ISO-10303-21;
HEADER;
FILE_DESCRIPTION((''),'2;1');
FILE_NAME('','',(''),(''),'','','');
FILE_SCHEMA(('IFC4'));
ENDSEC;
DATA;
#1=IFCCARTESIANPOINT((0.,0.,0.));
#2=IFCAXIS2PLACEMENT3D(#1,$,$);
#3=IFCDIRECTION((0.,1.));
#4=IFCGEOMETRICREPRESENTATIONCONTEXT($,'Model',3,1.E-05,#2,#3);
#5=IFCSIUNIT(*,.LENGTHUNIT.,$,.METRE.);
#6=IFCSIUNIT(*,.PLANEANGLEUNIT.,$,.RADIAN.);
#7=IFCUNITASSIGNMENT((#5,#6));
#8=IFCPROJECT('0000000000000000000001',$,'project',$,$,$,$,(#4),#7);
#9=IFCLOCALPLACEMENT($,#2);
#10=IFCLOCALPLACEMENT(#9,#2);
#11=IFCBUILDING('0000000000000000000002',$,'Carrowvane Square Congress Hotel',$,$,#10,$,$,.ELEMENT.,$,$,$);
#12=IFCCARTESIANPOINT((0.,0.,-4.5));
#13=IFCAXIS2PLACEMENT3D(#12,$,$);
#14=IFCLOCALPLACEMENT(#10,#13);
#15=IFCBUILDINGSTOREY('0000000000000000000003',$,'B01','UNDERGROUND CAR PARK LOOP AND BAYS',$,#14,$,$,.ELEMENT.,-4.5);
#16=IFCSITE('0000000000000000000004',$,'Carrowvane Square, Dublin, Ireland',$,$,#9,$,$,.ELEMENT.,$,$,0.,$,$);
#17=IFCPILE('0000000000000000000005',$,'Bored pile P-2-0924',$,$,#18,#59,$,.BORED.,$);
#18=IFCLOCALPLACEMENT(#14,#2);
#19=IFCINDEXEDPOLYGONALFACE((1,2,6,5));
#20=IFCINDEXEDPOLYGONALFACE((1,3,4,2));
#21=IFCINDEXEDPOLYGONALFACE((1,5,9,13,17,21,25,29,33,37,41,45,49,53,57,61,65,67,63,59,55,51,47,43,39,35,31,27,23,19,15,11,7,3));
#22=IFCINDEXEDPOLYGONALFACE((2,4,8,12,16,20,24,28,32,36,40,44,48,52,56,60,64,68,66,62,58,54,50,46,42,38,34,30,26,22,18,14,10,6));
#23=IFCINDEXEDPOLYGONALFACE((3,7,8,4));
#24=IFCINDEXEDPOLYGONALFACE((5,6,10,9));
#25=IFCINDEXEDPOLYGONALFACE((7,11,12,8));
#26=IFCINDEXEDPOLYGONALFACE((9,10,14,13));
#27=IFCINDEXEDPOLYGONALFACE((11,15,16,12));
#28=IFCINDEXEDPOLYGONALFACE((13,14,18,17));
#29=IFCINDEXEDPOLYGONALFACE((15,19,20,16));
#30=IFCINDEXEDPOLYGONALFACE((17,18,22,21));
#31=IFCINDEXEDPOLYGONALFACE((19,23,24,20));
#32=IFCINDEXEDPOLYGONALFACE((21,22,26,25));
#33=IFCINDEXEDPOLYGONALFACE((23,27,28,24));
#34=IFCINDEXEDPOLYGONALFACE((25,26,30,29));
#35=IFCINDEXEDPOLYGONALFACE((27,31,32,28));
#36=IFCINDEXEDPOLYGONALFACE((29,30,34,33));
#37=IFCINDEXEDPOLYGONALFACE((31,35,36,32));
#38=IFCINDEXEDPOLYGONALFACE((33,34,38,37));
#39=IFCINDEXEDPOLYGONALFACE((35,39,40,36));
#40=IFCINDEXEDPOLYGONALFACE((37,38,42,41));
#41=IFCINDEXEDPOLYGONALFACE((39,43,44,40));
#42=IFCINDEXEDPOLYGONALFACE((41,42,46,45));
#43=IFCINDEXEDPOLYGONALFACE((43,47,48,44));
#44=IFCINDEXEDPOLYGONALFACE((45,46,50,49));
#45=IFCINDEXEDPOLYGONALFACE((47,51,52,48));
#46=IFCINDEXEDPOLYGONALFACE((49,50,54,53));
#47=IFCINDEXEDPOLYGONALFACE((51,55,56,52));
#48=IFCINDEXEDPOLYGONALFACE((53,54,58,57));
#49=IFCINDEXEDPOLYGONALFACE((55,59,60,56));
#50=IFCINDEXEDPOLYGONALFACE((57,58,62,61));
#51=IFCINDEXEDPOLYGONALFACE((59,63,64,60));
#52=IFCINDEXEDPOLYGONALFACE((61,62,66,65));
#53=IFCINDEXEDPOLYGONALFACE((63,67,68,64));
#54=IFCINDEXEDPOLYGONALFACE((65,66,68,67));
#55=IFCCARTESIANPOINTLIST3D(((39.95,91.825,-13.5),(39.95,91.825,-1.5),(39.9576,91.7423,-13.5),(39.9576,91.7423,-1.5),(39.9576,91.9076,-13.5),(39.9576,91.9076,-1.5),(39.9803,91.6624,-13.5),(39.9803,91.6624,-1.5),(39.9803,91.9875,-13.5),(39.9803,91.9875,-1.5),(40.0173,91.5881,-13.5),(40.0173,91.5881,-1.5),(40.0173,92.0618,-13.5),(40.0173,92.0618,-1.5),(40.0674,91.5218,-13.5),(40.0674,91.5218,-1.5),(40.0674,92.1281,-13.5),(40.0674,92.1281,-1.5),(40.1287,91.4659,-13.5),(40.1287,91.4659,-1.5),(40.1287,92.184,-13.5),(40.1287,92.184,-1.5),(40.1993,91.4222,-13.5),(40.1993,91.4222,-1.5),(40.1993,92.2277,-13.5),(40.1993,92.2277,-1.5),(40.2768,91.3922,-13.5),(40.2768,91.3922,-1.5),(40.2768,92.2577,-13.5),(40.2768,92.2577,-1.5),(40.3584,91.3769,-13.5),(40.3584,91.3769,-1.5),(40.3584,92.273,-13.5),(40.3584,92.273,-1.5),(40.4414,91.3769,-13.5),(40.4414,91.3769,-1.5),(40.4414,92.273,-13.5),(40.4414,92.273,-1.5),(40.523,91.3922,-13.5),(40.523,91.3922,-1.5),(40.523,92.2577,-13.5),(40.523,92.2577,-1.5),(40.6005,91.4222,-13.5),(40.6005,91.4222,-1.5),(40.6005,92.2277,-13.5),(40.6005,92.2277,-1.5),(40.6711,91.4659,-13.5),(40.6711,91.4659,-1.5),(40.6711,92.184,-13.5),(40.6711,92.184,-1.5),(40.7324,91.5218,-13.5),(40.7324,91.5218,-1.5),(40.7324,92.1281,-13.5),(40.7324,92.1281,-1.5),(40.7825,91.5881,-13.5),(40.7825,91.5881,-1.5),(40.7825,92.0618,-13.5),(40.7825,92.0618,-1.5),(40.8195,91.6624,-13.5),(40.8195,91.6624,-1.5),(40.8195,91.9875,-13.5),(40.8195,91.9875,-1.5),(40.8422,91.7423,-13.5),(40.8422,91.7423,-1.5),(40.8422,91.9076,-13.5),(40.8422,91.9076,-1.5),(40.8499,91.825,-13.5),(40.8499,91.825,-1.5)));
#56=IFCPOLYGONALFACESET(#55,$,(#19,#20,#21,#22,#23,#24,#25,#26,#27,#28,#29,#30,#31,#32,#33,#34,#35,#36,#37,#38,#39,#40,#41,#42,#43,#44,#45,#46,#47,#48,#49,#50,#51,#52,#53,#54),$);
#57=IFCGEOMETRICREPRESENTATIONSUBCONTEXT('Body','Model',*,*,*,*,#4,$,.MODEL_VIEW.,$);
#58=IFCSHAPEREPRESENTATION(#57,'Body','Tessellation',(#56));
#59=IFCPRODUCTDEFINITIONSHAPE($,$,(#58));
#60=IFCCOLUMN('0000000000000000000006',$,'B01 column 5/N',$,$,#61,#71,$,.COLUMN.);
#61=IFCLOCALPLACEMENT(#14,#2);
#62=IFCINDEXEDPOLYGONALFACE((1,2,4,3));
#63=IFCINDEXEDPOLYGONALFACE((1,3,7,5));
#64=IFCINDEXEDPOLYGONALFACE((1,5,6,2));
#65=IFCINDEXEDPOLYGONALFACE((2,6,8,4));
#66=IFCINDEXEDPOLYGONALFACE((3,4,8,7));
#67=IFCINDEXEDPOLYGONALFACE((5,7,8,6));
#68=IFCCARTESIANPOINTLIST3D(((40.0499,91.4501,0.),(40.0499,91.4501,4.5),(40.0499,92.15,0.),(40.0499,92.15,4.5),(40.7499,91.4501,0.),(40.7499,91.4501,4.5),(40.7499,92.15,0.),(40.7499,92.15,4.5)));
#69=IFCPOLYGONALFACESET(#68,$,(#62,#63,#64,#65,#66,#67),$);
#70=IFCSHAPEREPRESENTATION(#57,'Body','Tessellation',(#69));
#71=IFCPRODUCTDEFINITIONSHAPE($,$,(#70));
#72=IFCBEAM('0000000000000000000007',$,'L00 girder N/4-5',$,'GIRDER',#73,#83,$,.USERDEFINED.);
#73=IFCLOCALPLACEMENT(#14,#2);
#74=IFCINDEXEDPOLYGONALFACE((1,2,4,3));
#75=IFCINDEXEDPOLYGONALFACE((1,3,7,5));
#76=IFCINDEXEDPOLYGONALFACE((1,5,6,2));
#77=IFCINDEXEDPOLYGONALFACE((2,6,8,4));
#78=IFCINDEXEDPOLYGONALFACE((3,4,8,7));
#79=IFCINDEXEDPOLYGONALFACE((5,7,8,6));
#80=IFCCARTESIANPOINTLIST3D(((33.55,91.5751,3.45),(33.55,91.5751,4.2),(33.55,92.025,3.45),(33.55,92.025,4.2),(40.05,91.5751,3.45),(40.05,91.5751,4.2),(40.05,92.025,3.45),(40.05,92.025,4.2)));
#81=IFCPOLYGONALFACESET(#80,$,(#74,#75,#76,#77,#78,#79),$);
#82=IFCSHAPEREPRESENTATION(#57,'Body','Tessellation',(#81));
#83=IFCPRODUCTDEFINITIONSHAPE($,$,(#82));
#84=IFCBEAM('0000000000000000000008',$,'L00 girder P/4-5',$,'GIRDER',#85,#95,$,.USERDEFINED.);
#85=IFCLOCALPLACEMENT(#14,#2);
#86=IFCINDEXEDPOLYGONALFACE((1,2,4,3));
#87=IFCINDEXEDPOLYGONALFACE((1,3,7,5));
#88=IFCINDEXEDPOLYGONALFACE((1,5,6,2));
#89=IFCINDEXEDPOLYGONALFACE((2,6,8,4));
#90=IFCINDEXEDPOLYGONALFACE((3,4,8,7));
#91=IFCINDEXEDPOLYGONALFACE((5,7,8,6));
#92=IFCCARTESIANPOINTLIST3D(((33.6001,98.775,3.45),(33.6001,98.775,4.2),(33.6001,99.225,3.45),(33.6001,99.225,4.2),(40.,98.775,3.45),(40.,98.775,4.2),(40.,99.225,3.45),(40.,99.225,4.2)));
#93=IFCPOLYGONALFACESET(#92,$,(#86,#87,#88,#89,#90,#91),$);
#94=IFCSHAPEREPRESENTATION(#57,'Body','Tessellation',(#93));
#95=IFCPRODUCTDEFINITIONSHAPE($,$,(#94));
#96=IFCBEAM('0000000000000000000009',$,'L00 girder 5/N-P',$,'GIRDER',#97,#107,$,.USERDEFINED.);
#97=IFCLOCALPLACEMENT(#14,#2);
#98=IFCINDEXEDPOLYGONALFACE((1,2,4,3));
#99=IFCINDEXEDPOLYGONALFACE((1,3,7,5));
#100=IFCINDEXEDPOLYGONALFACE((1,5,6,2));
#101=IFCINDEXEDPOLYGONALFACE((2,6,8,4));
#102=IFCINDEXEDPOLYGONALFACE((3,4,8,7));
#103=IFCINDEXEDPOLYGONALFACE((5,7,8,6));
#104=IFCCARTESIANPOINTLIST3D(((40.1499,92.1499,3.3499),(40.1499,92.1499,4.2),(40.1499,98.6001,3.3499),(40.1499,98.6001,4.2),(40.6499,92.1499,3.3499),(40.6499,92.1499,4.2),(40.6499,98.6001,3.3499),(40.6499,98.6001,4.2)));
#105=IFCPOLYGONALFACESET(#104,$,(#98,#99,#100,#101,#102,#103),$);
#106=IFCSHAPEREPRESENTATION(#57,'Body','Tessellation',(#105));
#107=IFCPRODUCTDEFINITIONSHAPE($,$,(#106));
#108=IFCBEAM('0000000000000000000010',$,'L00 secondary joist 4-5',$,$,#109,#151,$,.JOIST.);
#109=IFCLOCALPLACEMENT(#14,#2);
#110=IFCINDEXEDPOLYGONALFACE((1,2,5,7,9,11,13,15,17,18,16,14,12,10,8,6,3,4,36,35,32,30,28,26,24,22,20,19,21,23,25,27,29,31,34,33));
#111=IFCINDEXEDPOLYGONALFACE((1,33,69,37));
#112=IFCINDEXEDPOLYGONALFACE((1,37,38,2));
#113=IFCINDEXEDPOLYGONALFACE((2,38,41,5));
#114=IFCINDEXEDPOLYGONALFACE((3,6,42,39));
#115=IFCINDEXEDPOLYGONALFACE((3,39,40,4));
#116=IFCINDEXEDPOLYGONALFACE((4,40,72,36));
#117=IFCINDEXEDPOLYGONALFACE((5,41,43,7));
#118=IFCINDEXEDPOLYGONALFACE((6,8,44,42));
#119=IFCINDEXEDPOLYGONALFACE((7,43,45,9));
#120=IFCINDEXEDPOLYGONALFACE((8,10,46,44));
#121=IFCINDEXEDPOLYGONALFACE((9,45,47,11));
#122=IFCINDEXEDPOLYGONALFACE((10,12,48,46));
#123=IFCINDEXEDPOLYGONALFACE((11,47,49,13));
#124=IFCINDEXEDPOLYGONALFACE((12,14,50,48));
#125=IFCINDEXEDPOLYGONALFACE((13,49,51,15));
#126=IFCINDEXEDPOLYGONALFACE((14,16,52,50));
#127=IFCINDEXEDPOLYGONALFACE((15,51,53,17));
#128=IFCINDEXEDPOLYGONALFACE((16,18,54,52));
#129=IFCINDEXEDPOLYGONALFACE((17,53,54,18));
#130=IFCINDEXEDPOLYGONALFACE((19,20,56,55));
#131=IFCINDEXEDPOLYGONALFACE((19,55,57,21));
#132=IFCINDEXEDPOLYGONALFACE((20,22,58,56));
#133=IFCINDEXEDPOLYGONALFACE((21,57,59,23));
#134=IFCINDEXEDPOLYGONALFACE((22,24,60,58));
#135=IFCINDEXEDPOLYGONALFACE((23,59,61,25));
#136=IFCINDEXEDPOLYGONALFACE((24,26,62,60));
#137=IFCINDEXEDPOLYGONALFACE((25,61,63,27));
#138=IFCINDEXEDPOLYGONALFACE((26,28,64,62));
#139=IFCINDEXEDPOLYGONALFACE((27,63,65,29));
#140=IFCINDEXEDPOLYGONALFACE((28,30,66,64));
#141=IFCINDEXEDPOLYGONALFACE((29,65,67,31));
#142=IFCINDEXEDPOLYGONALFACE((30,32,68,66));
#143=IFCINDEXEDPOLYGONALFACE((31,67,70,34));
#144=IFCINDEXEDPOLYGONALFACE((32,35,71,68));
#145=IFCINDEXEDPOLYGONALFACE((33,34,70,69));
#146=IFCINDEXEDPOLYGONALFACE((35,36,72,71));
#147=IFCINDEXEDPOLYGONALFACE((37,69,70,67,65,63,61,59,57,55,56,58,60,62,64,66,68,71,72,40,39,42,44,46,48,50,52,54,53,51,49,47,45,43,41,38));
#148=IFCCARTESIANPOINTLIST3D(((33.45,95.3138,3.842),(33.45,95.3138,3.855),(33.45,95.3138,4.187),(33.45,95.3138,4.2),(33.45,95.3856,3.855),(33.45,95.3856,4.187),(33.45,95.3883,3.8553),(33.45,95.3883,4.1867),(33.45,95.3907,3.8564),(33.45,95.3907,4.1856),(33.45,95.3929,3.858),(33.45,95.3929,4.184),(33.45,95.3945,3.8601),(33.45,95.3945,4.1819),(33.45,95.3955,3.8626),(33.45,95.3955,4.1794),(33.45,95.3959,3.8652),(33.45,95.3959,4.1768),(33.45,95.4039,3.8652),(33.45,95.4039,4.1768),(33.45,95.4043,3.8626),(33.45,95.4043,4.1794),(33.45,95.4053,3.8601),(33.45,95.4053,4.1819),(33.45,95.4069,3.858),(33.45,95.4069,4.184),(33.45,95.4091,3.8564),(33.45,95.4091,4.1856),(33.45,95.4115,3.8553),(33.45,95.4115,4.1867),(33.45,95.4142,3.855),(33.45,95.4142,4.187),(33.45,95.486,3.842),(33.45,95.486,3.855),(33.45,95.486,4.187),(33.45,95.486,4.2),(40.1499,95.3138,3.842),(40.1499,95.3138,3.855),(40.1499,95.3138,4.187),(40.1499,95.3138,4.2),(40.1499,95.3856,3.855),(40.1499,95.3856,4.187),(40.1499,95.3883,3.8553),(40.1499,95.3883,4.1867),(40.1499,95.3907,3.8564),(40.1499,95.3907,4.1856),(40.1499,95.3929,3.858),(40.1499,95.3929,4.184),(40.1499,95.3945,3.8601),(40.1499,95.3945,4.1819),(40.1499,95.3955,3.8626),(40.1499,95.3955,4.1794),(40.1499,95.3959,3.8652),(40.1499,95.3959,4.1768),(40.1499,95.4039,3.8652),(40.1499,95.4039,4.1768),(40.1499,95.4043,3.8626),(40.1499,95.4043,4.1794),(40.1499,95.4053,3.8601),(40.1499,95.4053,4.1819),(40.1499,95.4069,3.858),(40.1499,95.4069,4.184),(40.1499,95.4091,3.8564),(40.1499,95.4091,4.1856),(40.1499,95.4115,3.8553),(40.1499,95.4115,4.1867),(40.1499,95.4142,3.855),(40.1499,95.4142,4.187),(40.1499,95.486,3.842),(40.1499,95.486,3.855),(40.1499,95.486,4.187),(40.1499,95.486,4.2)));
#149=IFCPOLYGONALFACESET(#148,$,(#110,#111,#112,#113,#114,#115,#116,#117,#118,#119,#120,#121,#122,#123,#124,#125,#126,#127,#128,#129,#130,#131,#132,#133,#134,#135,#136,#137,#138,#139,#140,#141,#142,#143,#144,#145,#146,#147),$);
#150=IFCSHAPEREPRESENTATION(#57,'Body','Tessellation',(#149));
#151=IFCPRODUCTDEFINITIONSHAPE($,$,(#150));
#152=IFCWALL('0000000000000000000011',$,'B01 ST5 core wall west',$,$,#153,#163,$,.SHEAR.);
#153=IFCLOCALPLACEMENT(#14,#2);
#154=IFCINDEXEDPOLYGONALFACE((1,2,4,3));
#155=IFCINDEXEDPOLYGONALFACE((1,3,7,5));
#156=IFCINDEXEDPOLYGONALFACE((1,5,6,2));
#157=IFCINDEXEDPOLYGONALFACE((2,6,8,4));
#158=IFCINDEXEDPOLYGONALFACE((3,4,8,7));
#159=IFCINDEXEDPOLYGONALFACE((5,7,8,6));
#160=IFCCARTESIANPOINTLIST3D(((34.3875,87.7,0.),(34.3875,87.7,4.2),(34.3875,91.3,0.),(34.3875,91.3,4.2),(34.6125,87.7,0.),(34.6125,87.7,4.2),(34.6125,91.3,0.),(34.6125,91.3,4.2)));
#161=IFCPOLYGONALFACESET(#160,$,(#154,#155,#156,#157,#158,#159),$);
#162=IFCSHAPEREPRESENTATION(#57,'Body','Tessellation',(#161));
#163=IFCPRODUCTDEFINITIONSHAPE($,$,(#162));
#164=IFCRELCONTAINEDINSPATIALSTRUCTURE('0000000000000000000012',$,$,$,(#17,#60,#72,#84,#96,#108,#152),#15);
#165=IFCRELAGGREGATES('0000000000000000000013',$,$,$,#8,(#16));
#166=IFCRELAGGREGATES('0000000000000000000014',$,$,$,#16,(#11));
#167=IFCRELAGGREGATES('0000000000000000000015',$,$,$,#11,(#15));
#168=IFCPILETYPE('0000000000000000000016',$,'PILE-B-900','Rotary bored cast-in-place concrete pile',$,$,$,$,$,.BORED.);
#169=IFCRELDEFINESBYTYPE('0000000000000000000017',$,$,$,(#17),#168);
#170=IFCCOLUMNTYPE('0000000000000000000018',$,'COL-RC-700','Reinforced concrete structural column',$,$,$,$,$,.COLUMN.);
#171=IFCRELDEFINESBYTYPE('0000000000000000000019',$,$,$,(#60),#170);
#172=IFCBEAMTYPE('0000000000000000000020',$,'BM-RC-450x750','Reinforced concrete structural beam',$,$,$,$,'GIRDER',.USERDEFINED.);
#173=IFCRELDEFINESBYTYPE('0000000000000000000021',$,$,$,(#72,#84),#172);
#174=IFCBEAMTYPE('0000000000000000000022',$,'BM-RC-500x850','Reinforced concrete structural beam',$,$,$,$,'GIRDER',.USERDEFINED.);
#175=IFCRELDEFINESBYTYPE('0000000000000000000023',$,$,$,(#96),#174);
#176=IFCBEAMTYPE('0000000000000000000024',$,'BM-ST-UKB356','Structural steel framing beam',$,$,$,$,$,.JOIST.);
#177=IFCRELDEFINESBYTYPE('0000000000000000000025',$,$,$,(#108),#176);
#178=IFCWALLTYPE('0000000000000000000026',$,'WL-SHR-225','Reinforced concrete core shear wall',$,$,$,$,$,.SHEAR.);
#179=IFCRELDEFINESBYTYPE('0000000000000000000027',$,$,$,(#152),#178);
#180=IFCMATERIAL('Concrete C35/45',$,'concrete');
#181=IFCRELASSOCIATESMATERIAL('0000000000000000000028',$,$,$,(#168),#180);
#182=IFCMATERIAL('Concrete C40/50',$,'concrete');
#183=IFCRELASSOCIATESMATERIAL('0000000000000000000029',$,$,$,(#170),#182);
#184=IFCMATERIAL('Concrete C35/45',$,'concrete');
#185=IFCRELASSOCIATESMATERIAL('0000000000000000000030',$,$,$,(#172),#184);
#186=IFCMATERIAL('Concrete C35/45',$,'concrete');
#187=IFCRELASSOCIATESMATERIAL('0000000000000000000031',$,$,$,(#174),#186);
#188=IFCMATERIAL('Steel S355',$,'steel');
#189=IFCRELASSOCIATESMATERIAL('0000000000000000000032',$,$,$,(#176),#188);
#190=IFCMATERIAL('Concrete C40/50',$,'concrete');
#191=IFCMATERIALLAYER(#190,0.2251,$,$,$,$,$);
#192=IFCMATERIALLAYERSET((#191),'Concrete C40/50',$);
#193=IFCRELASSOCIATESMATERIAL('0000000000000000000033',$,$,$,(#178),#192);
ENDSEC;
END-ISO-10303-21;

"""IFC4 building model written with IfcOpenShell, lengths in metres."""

from ifc_helpers import new_model, si_unit, direction, frame, frame_2d, origin, origin_2d, place, context, subcontext, project, spatial, rectangle, circle, i_section, extrude, material, layer, layer_set, material_profile, profile_set, type_object, element, save


model = new_model("IFC4")

# Units and contexts
model_context = context("Model", 3, precision=1e-05, world=origin(), true_north=direction((0.0, 1.0)))
body_context = subcontext(model_context, "Body", "Model", "MODEL_VIEW")
ifc_project = project(units=[si_unit("LENGTHUNIT", "METRE"), si_unit("PLANEANGLEUNIT", "RADIAN")], contexts=[model_context])

# Site, building, storey
site_placement = place(None, origin())
site = spatial("IfcSite", under=ifc_project, at=site_placement, Name="Carrowvane Square, Dublin, Ireland", CompositionType="ELEMENT", RefElevation=0.0)
building_placement = place(site_placement, origin())
building = spatial("IfcBuilding", under=site, at=building_placement, Name="Carrowvane Square Congress Hotel", CompositionType="ELEMENT")
storey_placement = place(building_placement, frame((0.0, 0.0, -4.5)))
storey = spatial("IfcBuildingStorey", under=building, at=storey_placement, Name="B01", Description="UNDERGROUND CAR PARK LOOP AND BAYS", CompositionType="ELEMENT", Elevation=-4.5)

# Pile
ifc_material_1 = material(Name="Concrete C35/45", Category="concrete")
ifc_material_profile_1 = material_profile(ifc_material_1, circle(Radius=0.45, at=origin_2d()), Name="PILE D900")
ifc_profile_set_1 = profile_set([ifc_material_profile_1], Name="Concrete C35/45")
pile_type_1 = type_object("IfcPileType", Name="PILE-B-900", Description="Rotary bored cast-in-place concrete pile", PredefinedType="BORED", material=ifc_profile_set_1)
for number, where, z_axis, x_axis, name in (
    (1, (40.3999, 91.825, -1.5), (0.0, 0.0, -1.0), (1.0, 0.0, 0.0), "Bored pile P-2-0924"),
):
    element("IfcPile", number, at=place(storey_placement, frame(where, z_axis=z_axis, x_axis=x_axis)), inside=storey, type_object=pile_type_1, Name=name, PredefinedType="BORED", context=body_context, shape_type="SweptSolid", body=[
        extrude(circle(Radius=0.45, at=origin_2d()), origin(), (0.0, 0.0, 1.0), 12.0),
    ])

# Column
ifc_material_2 = material(Name="Concrete C40/50", Category="concrete")
ifc_material_profile_2 = material_profile(ifc_material_2, rectangle(XDim=0.7, YDim=0.7, at=origin_2d()), Name="RC 700x700")
ifc_profile_set_2 = profile_set([ifc_material_profile_2], Name="Concrete C40/50")
column_type = type_object("IfcColumnType", Name="COL-RC-700", Description="Reinforced concrete structural column", PredefinedType="COLUMN", material=ifc_profile_set_2)
column_placement = place(storey_placement, frame((40.3999, 91.8, 0.0), z_axis=(0.0, 0.0, 1.0), x_axis=(1.0, 0.0, 0.0)))
element("IfcColumn", 2, at=column_placement, inside=storey, type_object=column_type, Name="B01 column 5/N", PredefinedType="COLUMN", context=body_context, shape_type="SweptSolid", body=[
    extrude(rectangle(XDim=0.7, YDim=0.7, at=origin_2d()), origin(), (0.0, 0.0, 1.0), 4.5),
])

# Beams
ifc_material_3 = material(Name="Concrete C35/45", Category="concrete")
ifc_material_profile_3 = material_profile(ifc_material_3, rectangle(XDim=0.45, YDim=0.75, at=origin_2d()), Name="RC 450x750")
ifc_profile_set_3 = profile_set([ifc_material_profile_3], Name="Concrete C35/45")
beam_type_1 = type_object("IfcBeamType", Name="BM-RC-450x750", Description="Reinforced concrete structural beam", ElementType="GIRDER", PredefinedType="USERDEFINED", material=ifc_profile_set_3)
beam_1_placement = place(storey_placement, frame((33.55, 91.8, 3.825), z_axis=(1.0, 0.0, 0.0), x_axis=(0.0, 1.0, 0.0)))
element("IfcBeam", 3, at=beam_1_placement, inside=storey, type_object=beam_type_1, Name="L00 girder N/4-5", ObjectType="GIRDER", PredefinedType="USERDEFINED", context=body_context, shape_type="SweptSolid", body=[
    extrude(rectangle(XDim=0.45, YDim=0.75, at=origin_2d()), origin(), (0.0, 0.0, 1.0), 6.5),
])
beam_2_placement = place(storey_placement, frame((33.6001, 99.0, 3.825), z_axis=(1.0, 0.0, 0.0), x_axis=(0.0, 1.0, 0.0)))
element("IfcBeam", 4, at=beam_2_placement, inside=storey, type_object=beam_type_1, Name="L00 girder P/4-5", ObjectType="GIRDER", PredefinedType="USERDEFINED", context=body_context, shape_type="SweptSolid", body=[
    extrude(rectangle(XDim=0.45, YDim=0.75, at=origin_2d()), origin(), (0.0, 0.0, 1.0), 6.3999),
])
ifc_material_4 = material(Name="Concrete C35/45", Category="concrete")
ifc_material_profile_4 = material_profile(ifc_material_4, rectangle(XDim=0.5, YDim=0.8501, at=origin_2d()), Name="RC 500x850")
ifc_profile_set_4 = profile_set([ifc_material_profile_4], Name="Concrete C35/45")
beam_type_2 = type_object("IfcBeamType", Name="BM-RC-500x850", Description="Reinforced concrete structural beam", ElementType="GIRDER", PredefinedType="USERDEFINED", material=ifc_profile_set_4)
beam_3_placement = place(storey_placement, frame((40.3999, 92.1499, 3.7749), z_axis=(0.0, 1.0, 0.0), x_axis=(-1.0, 0.0, 0.0)))
element("IfcBeam", 5, at=beam_3_placement, inside=storey, type_object=beam_type_2, Name="L00 girder 5/N-P", ObjectType="GIRDER", PredefinedType="USERDEFINED", context=body_context, shape_type="SweptSolid", body=[
    extrude(rectangle(XDim=0.5, YDim=0.8501, at=origin_2d()), origin(), (0.0, 0.0, 1.0), 6.4502),
])
ifc_material_5 = material(Name="Steel S355", Category="steel")
ifc_material_profile_5 = material_profile(ifc_material_5, i_section(OverallWidth=0.1721, OverallDepth=0.3579, WebThickness=0.0081, FlangeThickness=0.0129, FilletRadius=0.0103, at=origin_2d()), Name="UKB 356x171x57")
ifc_profile_set_5 = profile_set([ifc_material_profile_5], Name="Steel S355")
beam_type_3 = type_object("IfcBeamType", Name="BM-ST-UKB356", Description="Structural steel framing beam", PredefinedType="JOIST", material=ifc_profile_set_5)
beam_4_placement = place(storey_placement, frame((33.45, 95.3999, 4.021), z_axis=(1.0, 0.0, 0.0), x_axis=(0.0, 1.0, 0.0)))
element("IfcBeam", 6, at=beam_4_placement, inside=storey, type_object=beam_type_3, Name="L00 secondary joist 4-5", PredefinedType="JOIST", context=body_context, shape_type="SweptSolid", body=[
    extrude(i_section(OverallWidth=0.1721, OverallDepth=0.3579, WebThickness=0.0081, FlangeThickness=0.0129, FilletRadius=0.0103, at=origin_2d()), origin(), (0.0, 0.0, 1.0), 6.7),
])

# Wall
ifc_material_6 = material(Name="Concrete C40/50", Category="concrete")
ifc_layer_1 = layer(ifc_material_6, 0.2251)
ifc_layer_set_1 = layer_set([ifc_layer_1], Name="Concrete C40/50")
wall_type_1 = type_object("IfcWallType", Name="WL-SHR-225", Description="Reinforced concrete core shear wall", PredefinedType="SHEAR", material=ifc_layer_set_1)
wall_1_placement = place(storey_placement, frame((34.5, 91.3, 0.0), z_axis=(0.0, 0.0, 1.0), x_axis=(0.0, -1.0, 0.0)))
element("IfcWall", 7, at=wall_1_placement, inside=storey, type_object=wall_type_1, Name="B01 ST5 core wall west", PredefinedType="SHEAR", context=body_context, shape_type="SweptSolid", body=[
    extrude(rectangle(XDim=3.6001, YDim=0.2251, at=frame_2d((1.8, 0.0))), origin(), (0.0, 0.0, 1.0), 4.2),
])

save(model, "model.ifc")
